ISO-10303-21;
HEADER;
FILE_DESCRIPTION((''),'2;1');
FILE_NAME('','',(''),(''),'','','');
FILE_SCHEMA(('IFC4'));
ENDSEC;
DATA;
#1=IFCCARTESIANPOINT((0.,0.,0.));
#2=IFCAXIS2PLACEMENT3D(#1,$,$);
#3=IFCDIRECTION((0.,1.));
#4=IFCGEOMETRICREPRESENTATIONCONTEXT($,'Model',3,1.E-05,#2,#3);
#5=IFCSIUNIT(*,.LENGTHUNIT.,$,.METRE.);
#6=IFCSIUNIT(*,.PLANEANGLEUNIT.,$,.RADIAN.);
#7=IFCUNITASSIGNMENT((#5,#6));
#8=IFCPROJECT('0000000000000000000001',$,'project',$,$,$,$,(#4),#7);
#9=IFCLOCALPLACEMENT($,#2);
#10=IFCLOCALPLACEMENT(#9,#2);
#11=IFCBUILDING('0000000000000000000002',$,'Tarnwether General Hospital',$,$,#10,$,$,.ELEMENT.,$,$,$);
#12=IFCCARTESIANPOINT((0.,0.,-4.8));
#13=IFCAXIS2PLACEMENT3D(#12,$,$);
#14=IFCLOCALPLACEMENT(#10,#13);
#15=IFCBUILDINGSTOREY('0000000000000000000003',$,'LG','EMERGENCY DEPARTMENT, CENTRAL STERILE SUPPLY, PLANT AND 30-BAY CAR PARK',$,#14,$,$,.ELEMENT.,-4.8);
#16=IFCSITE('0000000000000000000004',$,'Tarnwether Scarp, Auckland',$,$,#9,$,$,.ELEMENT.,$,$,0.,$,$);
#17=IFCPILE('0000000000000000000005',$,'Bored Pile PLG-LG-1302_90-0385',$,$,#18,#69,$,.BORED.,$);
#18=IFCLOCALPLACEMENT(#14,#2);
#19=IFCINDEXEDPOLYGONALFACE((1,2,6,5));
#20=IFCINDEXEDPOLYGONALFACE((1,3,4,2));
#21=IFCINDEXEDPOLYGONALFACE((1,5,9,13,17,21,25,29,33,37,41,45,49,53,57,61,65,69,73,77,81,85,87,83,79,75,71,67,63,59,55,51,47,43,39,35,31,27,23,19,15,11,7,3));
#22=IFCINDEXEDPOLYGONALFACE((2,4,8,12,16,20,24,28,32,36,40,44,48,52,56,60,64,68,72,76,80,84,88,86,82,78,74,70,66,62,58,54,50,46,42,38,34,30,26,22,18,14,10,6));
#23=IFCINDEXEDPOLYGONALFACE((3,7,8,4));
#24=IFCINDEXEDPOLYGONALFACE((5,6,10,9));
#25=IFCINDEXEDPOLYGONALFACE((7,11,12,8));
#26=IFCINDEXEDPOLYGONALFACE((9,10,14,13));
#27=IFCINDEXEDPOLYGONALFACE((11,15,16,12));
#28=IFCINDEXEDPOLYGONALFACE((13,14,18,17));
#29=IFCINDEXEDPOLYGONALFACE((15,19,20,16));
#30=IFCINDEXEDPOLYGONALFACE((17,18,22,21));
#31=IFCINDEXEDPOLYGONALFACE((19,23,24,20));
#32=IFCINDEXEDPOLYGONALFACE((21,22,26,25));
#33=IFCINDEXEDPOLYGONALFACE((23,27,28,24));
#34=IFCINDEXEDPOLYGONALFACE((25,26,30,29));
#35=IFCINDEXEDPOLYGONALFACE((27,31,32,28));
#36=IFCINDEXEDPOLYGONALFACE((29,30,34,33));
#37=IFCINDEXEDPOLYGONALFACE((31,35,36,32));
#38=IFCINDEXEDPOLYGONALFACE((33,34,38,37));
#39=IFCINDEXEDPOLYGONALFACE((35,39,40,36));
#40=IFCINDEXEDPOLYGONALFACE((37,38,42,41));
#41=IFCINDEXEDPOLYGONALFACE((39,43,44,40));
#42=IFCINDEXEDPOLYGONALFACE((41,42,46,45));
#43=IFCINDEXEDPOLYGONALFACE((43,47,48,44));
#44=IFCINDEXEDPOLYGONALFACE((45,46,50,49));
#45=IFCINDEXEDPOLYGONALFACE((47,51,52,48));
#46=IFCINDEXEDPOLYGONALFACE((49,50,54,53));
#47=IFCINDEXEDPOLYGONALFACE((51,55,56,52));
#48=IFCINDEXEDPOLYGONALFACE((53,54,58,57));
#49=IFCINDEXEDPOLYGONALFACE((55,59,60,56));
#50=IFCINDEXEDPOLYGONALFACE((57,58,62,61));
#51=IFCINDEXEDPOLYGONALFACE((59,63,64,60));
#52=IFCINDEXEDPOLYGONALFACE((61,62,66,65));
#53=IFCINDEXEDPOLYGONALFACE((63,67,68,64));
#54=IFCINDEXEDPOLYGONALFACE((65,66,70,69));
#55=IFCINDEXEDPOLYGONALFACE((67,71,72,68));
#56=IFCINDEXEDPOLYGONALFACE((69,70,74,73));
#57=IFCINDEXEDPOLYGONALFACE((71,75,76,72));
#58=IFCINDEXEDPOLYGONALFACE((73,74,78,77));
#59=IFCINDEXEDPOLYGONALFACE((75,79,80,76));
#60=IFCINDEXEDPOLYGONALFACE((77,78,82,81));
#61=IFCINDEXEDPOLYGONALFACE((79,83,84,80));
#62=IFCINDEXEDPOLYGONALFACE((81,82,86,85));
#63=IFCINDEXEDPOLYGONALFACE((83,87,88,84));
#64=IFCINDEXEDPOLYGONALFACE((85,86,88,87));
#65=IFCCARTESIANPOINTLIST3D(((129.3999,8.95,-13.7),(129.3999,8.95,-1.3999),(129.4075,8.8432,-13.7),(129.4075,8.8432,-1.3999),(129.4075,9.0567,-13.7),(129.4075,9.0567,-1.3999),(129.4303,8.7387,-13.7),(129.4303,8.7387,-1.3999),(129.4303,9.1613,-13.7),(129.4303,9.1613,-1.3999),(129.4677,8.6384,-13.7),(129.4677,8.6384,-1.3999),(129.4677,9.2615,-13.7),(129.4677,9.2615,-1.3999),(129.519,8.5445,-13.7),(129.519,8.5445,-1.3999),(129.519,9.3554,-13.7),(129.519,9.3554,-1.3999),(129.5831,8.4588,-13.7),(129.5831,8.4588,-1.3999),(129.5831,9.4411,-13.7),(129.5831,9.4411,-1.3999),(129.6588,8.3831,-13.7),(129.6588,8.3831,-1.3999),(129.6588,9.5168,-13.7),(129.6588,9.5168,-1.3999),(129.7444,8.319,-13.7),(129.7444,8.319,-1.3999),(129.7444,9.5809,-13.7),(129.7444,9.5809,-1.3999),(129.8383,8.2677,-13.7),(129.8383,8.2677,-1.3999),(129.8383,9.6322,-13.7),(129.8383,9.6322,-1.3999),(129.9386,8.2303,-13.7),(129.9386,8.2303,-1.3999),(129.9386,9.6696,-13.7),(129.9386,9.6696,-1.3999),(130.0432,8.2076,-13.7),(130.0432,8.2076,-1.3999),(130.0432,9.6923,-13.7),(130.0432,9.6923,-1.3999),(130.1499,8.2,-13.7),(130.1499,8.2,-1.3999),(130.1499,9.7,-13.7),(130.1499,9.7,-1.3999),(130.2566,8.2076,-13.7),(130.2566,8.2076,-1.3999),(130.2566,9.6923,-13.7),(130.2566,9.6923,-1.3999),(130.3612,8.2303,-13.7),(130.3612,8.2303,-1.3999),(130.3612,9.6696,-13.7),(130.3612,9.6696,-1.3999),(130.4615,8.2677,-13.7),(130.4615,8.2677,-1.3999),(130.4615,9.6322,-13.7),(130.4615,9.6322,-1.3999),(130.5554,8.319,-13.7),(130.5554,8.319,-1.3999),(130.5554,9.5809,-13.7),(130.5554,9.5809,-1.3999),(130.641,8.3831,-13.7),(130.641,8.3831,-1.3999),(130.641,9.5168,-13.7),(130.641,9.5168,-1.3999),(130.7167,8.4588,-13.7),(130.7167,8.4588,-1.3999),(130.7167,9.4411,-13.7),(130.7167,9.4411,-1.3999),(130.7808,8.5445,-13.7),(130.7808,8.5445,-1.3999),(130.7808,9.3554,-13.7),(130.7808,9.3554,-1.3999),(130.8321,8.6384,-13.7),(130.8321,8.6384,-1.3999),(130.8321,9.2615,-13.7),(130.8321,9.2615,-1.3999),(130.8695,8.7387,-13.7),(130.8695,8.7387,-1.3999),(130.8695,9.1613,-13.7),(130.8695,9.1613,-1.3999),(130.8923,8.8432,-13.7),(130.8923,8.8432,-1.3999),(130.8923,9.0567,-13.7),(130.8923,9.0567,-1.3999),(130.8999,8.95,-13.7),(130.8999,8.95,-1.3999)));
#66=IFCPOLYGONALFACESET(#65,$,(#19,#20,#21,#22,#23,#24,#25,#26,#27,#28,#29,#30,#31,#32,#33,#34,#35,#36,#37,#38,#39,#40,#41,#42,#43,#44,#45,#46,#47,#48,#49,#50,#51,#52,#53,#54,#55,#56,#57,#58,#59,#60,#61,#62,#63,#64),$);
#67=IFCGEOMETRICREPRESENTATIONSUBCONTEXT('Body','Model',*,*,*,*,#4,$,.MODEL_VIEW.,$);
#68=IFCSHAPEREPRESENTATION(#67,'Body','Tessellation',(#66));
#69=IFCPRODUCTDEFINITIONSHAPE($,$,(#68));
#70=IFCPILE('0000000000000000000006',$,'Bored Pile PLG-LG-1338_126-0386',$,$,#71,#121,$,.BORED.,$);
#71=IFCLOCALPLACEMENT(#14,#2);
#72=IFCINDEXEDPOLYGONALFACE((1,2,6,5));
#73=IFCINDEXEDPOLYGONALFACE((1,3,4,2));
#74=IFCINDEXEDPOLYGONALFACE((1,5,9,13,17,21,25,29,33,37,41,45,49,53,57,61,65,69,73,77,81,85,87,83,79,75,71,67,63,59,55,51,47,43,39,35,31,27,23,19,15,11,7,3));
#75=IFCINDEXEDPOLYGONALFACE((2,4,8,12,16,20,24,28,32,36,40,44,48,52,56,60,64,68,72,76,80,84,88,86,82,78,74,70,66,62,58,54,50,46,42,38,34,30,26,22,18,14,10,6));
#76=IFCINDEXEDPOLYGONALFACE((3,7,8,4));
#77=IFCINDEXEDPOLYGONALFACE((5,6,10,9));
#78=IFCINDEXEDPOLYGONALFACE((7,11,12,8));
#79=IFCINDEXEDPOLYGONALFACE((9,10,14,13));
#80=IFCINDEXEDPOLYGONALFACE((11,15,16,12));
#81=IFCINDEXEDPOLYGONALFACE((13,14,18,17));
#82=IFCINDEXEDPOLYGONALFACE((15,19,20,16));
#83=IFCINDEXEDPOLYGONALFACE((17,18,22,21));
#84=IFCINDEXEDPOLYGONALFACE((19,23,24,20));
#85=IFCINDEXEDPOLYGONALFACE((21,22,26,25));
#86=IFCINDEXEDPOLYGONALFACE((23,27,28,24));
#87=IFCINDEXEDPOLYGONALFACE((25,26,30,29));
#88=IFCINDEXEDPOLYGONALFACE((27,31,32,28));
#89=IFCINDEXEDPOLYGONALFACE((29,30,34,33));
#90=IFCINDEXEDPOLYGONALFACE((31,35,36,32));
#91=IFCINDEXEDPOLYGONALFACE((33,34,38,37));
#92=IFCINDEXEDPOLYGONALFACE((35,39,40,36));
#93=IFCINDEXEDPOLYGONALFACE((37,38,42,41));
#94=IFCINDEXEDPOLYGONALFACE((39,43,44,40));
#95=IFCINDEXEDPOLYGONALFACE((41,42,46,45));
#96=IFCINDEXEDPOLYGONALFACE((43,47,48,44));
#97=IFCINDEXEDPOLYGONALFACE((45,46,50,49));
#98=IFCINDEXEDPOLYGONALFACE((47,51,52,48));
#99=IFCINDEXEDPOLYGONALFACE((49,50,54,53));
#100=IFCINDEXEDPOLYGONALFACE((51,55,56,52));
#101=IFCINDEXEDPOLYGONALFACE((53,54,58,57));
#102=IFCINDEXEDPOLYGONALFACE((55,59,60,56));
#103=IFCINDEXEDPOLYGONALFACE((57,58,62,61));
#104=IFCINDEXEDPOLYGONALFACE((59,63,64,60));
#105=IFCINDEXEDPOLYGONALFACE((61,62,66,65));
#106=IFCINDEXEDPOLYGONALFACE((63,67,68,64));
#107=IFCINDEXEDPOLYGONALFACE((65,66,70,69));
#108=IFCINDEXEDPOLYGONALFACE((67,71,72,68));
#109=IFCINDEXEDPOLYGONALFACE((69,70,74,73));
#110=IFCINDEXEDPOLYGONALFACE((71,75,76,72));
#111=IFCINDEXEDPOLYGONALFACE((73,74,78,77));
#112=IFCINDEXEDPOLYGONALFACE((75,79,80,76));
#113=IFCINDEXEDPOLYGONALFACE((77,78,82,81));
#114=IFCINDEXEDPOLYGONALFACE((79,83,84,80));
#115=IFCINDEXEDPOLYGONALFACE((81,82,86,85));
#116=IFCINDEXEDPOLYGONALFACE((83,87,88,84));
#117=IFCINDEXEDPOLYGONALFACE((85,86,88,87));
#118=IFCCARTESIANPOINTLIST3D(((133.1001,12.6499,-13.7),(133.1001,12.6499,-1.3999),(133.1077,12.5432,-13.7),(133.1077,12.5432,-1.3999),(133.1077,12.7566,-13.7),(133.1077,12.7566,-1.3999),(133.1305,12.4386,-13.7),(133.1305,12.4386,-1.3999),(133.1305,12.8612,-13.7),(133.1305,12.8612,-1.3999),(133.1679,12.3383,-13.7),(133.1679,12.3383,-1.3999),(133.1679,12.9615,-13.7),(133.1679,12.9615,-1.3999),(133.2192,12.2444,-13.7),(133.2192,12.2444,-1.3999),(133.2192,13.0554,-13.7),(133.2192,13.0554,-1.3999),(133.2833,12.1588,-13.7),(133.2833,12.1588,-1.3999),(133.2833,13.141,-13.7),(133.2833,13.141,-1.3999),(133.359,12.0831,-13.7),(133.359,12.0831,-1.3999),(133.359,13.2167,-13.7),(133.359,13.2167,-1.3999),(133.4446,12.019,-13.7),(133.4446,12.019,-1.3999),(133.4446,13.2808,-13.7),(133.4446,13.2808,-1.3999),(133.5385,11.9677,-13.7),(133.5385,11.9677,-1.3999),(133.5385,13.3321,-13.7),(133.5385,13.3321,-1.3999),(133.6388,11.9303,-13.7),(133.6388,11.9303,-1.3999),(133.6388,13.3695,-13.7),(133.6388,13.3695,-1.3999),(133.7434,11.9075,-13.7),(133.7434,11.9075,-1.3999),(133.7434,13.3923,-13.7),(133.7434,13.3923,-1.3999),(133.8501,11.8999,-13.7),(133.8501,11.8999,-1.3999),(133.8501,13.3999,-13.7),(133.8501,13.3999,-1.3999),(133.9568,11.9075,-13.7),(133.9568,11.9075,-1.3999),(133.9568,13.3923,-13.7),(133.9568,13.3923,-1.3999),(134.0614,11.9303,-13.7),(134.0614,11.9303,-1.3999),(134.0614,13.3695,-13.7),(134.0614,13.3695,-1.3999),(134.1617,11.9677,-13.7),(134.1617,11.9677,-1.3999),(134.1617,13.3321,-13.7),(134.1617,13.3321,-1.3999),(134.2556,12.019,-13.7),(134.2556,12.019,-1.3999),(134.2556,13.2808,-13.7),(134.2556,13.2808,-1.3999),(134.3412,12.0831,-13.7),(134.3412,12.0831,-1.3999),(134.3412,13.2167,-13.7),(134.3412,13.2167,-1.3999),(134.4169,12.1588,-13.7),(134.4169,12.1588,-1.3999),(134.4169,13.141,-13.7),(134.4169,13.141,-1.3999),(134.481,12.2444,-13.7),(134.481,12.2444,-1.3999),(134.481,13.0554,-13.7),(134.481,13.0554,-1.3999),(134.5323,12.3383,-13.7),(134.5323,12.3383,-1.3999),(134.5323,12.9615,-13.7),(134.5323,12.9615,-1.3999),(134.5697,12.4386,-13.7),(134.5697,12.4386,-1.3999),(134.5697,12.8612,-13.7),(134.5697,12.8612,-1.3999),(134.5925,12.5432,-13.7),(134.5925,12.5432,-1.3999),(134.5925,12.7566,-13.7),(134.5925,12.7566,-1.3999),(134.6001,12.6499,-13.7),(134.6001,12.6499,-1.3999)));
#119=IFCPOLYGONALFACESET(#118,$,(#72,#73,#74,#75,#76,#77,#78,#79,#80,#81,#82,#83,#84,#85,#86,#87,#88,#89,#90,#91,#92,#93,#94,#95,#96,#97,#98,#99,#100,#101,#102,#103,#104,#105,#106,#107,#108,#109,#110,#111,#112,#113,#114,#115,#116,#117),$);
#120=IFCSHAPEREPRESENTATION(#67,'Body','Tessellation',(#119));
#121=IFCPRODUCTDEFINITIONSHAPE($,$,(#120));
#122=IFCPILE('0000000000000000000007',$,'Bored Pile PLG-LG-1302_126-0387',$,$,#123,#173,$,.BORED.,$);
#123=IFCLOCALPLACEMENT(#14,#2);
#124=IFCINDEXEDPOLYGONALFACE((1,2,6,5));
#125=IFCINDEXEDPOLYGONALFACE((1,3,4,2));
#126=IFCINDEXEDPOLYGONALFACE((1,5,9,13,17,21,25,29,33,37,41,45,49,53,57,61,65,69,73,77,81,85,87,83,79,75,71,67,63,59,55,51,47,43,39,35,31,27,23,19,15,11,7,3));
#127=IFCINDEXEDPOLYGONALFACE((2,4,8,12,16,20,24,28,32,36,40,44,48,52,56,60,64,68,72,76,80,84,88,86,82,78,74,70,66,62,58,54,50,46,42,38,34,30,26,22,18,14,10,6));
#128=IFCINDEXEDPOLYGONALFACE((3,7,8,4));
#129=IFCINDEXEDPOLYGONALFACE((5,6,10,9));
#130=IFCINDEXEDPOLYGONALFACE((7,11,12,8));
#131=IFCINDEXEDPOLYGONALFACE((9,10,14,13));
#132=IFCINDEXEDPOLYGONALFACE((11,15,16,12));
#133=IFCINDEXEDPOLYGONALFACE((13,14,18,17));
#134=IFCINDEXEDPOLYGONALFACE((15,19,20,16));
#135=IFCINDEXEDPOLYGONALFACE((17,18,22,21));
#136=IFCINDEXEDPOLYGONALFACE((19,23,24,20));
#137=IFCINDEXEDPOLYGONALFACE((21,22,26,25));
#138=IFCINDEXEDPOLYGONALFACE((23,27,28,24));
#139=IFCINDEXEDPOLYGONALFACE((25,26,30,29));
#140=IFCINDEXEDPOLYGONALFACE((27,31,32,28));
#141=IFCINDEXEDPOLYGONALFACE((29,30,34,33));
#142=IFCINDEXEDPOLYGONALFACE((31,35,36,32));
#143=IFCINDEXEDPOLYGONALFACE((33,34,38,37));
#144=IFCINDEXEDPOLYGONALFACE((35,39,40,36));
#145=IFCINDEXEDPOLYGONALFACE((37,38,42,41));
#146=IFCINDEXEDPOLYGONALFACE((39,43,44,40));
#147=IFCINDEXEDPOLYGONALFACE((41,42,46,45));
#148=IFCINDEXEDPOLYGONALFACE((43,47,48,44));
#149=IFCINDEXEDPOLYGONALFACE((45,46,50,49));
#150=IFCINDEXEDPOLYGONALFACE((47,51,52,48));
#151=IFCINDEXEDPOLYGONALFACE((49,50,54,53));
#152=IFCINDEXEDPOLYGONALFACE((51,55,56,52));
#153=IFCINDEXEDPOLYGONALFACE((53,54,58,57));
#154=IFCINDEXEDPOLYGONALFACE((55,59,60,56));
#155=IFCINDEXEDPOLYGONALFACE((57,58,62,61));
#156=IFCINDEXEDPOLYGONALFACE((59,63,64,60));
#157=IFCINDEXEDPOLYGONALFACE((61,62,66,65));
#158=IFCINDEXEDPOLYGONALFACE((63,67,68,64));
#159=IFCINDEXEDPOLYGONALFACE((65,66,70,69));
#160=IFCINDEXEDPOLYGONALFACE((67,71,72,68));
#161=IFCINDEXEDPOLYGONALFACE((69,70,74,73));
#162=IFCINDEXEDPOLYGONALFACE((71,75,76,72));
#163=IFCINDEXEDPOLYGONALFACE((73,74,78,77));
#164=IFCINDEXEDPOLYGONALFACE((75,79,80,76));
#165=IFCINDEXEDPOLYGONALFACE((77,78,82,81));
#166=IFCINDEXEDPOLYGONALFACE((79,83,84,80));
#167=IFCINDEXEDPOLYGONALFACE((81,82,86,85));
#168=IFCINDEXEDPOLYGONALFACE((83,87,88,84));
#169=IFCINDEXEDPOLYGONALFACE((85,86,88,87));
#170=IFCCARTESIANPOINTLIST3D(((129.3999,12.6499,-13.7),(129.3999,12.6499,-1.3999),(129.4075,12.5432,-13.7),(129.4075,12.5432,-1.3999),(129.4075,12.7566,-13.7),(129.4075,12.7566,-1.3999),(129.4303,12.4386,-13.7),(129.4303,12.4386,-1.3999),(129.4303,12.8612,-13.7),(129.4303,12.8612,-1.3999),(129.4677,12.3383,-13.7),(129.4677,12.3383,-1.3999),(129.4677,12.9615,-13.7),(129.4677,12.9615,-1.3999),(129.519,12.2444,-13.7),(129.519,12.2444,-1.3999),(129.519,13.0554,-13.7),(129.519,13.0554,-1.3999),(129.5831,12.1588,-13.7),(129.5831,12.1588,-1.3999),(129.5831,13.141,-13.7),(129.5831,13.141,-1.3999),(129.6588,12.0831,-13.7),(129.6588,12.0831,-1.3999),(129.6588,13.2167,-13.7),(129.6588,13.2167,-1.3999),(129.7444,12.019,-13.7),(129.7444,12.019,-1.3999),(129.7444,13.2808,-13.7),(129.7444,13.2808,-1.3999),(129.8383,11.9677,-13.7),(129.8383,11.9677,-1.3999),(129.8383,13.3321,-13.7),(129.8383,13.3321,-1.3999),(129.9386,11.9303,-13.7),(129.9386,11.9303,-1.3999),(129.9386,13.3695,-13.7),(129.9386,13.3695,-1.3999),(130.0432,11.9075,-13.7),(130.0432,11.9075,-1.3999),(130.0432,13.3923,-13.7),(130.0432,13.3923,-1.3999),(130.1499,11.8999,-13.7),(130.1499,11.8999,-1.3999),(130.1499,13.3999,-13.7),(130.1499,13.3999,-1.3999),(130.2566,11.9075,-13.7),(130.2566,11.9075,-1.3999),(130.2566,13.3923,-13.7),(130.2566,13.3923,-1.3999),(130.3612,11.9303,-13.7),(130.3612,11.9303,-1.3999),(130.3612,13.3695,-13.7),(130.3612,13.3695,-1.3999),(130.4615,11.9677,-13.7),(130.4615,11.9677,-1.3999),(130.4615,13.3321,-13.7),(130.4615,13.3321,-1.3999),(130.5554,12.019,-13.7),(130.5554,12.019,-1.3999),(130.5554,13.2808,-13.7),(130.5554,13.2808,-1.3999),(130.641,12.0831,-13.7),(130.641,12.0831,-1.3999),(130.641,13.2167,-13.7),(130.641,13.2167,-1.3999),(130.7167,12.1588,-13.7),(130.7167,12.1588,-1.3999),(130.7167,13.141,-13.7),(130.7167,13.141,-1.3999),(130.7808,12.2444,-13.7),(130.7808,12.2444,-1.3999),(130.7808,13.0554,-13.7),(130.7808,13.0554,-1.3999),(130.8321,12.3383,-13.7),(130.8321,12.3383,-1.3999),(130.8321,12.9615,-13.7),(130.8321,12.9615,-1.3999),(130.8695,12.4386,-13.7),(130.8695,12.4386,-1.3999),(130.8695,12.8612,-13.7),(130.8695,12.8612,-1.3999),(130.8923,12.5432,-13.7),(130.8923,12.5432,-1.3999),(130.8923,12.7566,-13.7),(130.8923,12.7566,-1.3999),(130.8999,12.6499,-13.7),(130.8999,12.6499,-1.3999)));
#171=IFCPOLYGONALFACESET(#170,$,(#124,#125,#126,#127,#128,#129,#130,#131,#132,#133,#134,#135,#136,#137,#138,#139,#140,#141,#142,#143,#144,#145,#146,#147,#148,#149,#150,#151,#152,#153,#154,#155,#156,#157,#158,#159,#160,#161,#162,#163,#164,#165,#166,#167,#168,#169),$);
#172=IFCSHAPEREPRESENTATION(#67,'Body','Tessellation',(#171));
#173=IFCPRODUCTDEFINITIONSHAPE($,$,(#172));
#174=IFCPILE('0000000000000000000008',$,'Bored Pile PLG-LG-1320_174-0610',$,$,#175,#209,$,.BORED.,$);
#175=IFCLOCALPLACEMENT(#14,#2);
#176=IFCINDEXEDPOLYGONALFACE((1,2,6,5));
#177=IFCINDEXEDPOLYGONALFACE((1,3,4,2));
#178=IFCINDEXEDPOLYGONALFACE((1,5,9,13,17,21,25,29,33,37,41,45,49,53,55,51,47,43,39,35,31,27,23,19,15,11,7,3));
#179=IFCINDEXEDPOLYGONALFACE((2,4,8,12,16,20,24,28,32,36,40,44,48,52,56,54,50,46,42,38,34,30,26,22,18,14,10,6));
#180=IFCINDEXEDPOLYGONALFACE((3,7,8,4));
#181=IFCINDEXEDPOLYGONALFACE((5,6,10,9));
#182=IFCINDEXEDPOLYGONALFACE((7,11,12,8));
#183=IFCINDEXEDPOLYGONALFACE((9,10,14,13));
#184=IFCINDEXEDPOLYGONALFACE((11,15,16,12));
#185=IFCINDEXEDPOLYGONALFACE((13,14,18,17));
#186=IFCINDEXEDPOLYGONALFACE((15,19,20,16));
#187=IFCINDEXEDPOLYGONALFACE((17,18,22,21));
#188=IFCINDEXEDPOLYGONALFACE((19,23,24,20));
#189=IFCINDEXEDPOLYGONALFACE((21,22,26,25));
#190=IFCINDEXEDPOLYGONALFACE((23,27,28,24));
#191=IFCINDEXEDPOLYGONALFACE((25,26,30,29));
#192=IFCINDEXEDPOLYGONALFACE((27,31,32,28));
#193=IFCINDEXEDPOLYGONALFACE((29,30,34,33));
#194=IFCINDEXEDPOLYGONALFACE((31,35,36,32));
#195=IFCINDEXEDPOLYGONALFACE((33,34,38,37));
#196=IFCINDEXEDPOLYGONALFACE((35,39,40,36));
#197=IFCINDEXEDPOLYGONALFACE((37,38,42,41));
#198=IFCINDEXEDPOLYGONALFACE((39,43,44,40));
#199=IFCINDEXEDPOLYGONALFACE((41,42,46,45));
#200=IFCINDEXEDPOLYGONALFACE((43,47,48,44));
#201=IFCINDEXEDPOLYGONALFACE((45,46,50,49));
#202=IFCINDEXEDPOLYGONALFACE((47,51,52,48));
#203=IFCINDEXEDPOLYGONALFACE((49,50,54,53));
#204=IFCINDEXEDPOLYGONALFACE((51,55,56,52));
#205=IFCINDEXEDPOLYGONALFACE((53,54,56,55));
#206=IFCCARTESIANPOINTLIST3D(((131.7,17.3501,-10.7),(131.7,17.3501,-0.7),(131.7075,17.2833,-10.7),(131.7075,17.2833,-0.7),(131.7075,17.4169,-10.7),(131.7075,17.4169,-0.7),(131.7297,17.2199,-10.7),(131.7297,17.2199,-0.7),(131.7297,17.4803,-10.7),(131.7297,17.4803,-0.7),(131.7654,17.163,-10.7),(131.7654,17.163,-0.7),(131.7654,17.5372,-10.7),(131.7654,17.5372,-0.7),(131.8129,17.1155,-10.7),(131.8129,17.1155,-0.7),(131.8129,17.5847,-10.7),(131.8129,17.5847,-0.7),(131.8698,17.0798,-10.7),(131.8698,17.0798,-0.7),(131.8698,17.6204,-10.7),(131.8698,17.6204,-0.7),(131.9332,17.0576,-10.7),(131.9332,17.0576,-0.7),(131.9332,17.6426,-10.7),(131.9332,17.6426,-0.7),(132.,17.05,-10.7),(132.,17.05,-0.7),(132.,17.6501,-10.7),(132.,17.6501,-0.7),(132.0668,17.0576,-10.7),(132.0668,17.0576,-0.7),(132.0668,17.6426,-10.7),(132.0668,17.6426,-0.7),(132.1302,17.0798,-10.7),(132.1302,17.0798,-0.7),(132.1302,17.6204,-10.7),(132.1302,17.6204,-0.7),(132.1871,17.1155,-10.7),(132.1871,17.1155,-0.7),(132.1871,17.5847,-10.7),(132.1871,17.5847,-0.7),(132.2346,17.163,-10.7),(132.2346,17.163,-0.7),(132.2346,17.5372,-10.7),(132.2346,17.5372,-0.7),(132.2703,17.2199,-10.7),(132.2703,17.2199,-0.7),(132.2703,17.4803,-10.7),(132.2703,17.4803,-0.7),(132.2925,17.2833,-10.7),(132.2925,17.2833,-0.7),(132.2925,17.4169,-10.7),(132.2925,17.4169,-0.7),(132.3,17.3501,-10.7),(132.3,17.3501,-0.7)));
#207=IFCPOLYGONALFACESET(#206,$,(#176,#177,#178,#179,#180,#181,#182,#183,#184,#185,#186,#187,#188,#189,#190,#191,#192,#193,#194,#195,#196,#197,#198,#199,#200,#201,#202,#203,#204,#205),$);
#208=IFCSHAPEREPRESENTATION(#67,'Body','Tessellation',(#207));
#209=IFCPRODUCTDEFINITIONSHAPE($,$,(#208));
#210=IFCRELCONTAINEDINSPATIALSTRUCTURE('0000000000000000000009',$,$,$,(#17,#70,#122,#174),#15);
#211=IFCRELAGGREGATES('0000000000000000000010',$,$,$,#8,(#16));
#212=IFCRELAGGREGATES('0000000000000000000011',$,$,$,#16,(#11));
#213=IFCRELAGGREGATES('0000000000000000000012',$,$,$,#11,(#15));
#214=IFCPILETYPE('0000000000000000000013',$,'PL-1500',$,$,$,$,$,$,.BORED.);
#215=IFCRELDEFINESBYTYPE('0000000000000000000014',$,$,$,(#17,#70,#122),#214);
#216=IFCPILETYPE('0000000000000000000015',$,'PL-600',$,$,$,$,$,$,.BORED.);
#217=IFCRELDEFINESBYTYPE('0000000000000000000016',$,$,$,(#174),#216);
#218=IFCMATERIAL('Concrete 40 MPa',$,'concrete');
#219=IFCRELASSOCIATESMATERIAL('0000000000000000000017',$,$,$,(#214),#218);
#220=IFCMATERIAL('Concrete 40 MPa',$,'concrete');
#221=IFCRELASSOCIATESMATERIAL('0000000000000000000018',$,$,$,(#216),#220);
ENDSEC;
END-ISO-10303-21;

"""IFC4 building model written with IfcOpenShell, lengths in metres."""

from ifc_helpers import new_model, si_unit, direction, frame, origin, origin_2d, place, context, subcontext, project, spatial, circle, extrude, material, material_profile, profile_set, type_object, element, save


model = new_model("IFC4")

# Units and contexts
model_context = context("Model", 3, precision=1e-05, world=origin(), true_north=direction((0.0, 1.0)))
body_context = subcontext(model_context, "Body", "Model", "MODEL_VIEW")
ifc_project = project(units=[si_unit("LENGTHUNIT", "METRE"), si_unit("PLANEANGLEUNIT", "RADIAN")], contexts=[model_context])

# Site, building, storey
site_placement = place(None, origin())
site = spatial("IfcSite", under=ifc_project, at=site_placement, Name="Tarnwether Scarp, Auckland", CompositionType="ELEMENT", RefElevation=0.0)
building_placement = place(site_placement, origin())
building = spatial("IfcBuilding", under=site, at=building_placement, Name="Tarnwether General Hospital", CompositionType="ELEMENT")
storey_placement = place(building_placement, frame((0.0, 0.0, -4.8)))
storey = spatial("IfcBuildingStorey", under=building, at=storey_placement, Name="LG", Description="EMERGENCY DEPARTMENT, CENTRAL STERILE SUPPLY, PLANT AND 30-BAY CAR PARK", CompositionType="ELEMENT", Elevation=-4.8)

# Piles
ifc_material_1 = material(Name="Concrete 40 MPa", Category="concrete")
ifc_material_profile_1 = material_profile(ifc_material_1, circle(Radius=0.75, at=origin_2d()), Name="PILE-D1500")
ifc_profile_set_1 = profile_set([ifc_material_profile_1], Name="Concrete 40 MPa")
pile_type_1 = type_object("IfcPileType", Name="PL-1500", PredefinedType="BORED", material=ifc_profile_set_1)
for number, where, z_axis, x_axis, name in (
    (1, (130.1499, 8.95, -1.3999), (0.0, 0.0, -1.0), (1.0, 0.0, 0.0), "Bored Pile PLG-LG-1302_90-0385"),
    (2, (133.8501, 12.6499, -1.3999), (0.0, 0.0, -1.0), (1.0, 0.0, 0.0), "Bored Pile PLG-LG-1338_126-0386"),
    (3, (130.1499, 12.6499, -1.3999), (0.0, 0.0, -1.0), (1.0, 0.0, 0.0), "Bored Pile PLG-LG-1302_126-0387"),
):
    element("IfcPile", number, at=place(storey_placement, frame(where, z_axis=z_axis, x_axis=x_axis)), inside=storey, type_object=pile_type_1, Name=name, PredefinedType="BORED", context=body_context, shape_type="SweptSolid", body=[
        extrude(circle(Radius=0.75, at=origin_2d()), origin(), (0.0, 0.0, 1.0), 12.3),
    ])
ifc_material_2 = material(Name="Concrete 40 MPa", Category="concrete")
ifc_material_profile_2 = material_profile(ifc_material_2, circle(Radius=0.3, at=origin_2d()), Name="PILE-D600")
ifc_profile_set_2 = profile_set([ifc_material_profile_2], Name="Concrete 40 MPa")
pile_type_2 = type_object("IfcPileType", Name="PL-600", PredefinedType="BORED", material=ifc_profile_set_2)
pile_1_placement = place(storey_placement, frame((132.0, 17.3501, -0.7), z_axis=(0.0, 0.0, -1.0), x_axis=(1.0, 0.0, 0.0)))
element("IfcPile", 4, at=pile_1_placement, inside=storey, type_object=pile_type_2, Name="Bored Pile PLG-LG-1320_174-0610", PredefinedType="BORED", context=body_context, shape_type="SweptSolid", body=[
    extrude(circle(Radius=0.3, at=origin_2d()), origin(), (0.0, 0.0, 1.0), 10.0),
])

save(model, "model.ifc")
